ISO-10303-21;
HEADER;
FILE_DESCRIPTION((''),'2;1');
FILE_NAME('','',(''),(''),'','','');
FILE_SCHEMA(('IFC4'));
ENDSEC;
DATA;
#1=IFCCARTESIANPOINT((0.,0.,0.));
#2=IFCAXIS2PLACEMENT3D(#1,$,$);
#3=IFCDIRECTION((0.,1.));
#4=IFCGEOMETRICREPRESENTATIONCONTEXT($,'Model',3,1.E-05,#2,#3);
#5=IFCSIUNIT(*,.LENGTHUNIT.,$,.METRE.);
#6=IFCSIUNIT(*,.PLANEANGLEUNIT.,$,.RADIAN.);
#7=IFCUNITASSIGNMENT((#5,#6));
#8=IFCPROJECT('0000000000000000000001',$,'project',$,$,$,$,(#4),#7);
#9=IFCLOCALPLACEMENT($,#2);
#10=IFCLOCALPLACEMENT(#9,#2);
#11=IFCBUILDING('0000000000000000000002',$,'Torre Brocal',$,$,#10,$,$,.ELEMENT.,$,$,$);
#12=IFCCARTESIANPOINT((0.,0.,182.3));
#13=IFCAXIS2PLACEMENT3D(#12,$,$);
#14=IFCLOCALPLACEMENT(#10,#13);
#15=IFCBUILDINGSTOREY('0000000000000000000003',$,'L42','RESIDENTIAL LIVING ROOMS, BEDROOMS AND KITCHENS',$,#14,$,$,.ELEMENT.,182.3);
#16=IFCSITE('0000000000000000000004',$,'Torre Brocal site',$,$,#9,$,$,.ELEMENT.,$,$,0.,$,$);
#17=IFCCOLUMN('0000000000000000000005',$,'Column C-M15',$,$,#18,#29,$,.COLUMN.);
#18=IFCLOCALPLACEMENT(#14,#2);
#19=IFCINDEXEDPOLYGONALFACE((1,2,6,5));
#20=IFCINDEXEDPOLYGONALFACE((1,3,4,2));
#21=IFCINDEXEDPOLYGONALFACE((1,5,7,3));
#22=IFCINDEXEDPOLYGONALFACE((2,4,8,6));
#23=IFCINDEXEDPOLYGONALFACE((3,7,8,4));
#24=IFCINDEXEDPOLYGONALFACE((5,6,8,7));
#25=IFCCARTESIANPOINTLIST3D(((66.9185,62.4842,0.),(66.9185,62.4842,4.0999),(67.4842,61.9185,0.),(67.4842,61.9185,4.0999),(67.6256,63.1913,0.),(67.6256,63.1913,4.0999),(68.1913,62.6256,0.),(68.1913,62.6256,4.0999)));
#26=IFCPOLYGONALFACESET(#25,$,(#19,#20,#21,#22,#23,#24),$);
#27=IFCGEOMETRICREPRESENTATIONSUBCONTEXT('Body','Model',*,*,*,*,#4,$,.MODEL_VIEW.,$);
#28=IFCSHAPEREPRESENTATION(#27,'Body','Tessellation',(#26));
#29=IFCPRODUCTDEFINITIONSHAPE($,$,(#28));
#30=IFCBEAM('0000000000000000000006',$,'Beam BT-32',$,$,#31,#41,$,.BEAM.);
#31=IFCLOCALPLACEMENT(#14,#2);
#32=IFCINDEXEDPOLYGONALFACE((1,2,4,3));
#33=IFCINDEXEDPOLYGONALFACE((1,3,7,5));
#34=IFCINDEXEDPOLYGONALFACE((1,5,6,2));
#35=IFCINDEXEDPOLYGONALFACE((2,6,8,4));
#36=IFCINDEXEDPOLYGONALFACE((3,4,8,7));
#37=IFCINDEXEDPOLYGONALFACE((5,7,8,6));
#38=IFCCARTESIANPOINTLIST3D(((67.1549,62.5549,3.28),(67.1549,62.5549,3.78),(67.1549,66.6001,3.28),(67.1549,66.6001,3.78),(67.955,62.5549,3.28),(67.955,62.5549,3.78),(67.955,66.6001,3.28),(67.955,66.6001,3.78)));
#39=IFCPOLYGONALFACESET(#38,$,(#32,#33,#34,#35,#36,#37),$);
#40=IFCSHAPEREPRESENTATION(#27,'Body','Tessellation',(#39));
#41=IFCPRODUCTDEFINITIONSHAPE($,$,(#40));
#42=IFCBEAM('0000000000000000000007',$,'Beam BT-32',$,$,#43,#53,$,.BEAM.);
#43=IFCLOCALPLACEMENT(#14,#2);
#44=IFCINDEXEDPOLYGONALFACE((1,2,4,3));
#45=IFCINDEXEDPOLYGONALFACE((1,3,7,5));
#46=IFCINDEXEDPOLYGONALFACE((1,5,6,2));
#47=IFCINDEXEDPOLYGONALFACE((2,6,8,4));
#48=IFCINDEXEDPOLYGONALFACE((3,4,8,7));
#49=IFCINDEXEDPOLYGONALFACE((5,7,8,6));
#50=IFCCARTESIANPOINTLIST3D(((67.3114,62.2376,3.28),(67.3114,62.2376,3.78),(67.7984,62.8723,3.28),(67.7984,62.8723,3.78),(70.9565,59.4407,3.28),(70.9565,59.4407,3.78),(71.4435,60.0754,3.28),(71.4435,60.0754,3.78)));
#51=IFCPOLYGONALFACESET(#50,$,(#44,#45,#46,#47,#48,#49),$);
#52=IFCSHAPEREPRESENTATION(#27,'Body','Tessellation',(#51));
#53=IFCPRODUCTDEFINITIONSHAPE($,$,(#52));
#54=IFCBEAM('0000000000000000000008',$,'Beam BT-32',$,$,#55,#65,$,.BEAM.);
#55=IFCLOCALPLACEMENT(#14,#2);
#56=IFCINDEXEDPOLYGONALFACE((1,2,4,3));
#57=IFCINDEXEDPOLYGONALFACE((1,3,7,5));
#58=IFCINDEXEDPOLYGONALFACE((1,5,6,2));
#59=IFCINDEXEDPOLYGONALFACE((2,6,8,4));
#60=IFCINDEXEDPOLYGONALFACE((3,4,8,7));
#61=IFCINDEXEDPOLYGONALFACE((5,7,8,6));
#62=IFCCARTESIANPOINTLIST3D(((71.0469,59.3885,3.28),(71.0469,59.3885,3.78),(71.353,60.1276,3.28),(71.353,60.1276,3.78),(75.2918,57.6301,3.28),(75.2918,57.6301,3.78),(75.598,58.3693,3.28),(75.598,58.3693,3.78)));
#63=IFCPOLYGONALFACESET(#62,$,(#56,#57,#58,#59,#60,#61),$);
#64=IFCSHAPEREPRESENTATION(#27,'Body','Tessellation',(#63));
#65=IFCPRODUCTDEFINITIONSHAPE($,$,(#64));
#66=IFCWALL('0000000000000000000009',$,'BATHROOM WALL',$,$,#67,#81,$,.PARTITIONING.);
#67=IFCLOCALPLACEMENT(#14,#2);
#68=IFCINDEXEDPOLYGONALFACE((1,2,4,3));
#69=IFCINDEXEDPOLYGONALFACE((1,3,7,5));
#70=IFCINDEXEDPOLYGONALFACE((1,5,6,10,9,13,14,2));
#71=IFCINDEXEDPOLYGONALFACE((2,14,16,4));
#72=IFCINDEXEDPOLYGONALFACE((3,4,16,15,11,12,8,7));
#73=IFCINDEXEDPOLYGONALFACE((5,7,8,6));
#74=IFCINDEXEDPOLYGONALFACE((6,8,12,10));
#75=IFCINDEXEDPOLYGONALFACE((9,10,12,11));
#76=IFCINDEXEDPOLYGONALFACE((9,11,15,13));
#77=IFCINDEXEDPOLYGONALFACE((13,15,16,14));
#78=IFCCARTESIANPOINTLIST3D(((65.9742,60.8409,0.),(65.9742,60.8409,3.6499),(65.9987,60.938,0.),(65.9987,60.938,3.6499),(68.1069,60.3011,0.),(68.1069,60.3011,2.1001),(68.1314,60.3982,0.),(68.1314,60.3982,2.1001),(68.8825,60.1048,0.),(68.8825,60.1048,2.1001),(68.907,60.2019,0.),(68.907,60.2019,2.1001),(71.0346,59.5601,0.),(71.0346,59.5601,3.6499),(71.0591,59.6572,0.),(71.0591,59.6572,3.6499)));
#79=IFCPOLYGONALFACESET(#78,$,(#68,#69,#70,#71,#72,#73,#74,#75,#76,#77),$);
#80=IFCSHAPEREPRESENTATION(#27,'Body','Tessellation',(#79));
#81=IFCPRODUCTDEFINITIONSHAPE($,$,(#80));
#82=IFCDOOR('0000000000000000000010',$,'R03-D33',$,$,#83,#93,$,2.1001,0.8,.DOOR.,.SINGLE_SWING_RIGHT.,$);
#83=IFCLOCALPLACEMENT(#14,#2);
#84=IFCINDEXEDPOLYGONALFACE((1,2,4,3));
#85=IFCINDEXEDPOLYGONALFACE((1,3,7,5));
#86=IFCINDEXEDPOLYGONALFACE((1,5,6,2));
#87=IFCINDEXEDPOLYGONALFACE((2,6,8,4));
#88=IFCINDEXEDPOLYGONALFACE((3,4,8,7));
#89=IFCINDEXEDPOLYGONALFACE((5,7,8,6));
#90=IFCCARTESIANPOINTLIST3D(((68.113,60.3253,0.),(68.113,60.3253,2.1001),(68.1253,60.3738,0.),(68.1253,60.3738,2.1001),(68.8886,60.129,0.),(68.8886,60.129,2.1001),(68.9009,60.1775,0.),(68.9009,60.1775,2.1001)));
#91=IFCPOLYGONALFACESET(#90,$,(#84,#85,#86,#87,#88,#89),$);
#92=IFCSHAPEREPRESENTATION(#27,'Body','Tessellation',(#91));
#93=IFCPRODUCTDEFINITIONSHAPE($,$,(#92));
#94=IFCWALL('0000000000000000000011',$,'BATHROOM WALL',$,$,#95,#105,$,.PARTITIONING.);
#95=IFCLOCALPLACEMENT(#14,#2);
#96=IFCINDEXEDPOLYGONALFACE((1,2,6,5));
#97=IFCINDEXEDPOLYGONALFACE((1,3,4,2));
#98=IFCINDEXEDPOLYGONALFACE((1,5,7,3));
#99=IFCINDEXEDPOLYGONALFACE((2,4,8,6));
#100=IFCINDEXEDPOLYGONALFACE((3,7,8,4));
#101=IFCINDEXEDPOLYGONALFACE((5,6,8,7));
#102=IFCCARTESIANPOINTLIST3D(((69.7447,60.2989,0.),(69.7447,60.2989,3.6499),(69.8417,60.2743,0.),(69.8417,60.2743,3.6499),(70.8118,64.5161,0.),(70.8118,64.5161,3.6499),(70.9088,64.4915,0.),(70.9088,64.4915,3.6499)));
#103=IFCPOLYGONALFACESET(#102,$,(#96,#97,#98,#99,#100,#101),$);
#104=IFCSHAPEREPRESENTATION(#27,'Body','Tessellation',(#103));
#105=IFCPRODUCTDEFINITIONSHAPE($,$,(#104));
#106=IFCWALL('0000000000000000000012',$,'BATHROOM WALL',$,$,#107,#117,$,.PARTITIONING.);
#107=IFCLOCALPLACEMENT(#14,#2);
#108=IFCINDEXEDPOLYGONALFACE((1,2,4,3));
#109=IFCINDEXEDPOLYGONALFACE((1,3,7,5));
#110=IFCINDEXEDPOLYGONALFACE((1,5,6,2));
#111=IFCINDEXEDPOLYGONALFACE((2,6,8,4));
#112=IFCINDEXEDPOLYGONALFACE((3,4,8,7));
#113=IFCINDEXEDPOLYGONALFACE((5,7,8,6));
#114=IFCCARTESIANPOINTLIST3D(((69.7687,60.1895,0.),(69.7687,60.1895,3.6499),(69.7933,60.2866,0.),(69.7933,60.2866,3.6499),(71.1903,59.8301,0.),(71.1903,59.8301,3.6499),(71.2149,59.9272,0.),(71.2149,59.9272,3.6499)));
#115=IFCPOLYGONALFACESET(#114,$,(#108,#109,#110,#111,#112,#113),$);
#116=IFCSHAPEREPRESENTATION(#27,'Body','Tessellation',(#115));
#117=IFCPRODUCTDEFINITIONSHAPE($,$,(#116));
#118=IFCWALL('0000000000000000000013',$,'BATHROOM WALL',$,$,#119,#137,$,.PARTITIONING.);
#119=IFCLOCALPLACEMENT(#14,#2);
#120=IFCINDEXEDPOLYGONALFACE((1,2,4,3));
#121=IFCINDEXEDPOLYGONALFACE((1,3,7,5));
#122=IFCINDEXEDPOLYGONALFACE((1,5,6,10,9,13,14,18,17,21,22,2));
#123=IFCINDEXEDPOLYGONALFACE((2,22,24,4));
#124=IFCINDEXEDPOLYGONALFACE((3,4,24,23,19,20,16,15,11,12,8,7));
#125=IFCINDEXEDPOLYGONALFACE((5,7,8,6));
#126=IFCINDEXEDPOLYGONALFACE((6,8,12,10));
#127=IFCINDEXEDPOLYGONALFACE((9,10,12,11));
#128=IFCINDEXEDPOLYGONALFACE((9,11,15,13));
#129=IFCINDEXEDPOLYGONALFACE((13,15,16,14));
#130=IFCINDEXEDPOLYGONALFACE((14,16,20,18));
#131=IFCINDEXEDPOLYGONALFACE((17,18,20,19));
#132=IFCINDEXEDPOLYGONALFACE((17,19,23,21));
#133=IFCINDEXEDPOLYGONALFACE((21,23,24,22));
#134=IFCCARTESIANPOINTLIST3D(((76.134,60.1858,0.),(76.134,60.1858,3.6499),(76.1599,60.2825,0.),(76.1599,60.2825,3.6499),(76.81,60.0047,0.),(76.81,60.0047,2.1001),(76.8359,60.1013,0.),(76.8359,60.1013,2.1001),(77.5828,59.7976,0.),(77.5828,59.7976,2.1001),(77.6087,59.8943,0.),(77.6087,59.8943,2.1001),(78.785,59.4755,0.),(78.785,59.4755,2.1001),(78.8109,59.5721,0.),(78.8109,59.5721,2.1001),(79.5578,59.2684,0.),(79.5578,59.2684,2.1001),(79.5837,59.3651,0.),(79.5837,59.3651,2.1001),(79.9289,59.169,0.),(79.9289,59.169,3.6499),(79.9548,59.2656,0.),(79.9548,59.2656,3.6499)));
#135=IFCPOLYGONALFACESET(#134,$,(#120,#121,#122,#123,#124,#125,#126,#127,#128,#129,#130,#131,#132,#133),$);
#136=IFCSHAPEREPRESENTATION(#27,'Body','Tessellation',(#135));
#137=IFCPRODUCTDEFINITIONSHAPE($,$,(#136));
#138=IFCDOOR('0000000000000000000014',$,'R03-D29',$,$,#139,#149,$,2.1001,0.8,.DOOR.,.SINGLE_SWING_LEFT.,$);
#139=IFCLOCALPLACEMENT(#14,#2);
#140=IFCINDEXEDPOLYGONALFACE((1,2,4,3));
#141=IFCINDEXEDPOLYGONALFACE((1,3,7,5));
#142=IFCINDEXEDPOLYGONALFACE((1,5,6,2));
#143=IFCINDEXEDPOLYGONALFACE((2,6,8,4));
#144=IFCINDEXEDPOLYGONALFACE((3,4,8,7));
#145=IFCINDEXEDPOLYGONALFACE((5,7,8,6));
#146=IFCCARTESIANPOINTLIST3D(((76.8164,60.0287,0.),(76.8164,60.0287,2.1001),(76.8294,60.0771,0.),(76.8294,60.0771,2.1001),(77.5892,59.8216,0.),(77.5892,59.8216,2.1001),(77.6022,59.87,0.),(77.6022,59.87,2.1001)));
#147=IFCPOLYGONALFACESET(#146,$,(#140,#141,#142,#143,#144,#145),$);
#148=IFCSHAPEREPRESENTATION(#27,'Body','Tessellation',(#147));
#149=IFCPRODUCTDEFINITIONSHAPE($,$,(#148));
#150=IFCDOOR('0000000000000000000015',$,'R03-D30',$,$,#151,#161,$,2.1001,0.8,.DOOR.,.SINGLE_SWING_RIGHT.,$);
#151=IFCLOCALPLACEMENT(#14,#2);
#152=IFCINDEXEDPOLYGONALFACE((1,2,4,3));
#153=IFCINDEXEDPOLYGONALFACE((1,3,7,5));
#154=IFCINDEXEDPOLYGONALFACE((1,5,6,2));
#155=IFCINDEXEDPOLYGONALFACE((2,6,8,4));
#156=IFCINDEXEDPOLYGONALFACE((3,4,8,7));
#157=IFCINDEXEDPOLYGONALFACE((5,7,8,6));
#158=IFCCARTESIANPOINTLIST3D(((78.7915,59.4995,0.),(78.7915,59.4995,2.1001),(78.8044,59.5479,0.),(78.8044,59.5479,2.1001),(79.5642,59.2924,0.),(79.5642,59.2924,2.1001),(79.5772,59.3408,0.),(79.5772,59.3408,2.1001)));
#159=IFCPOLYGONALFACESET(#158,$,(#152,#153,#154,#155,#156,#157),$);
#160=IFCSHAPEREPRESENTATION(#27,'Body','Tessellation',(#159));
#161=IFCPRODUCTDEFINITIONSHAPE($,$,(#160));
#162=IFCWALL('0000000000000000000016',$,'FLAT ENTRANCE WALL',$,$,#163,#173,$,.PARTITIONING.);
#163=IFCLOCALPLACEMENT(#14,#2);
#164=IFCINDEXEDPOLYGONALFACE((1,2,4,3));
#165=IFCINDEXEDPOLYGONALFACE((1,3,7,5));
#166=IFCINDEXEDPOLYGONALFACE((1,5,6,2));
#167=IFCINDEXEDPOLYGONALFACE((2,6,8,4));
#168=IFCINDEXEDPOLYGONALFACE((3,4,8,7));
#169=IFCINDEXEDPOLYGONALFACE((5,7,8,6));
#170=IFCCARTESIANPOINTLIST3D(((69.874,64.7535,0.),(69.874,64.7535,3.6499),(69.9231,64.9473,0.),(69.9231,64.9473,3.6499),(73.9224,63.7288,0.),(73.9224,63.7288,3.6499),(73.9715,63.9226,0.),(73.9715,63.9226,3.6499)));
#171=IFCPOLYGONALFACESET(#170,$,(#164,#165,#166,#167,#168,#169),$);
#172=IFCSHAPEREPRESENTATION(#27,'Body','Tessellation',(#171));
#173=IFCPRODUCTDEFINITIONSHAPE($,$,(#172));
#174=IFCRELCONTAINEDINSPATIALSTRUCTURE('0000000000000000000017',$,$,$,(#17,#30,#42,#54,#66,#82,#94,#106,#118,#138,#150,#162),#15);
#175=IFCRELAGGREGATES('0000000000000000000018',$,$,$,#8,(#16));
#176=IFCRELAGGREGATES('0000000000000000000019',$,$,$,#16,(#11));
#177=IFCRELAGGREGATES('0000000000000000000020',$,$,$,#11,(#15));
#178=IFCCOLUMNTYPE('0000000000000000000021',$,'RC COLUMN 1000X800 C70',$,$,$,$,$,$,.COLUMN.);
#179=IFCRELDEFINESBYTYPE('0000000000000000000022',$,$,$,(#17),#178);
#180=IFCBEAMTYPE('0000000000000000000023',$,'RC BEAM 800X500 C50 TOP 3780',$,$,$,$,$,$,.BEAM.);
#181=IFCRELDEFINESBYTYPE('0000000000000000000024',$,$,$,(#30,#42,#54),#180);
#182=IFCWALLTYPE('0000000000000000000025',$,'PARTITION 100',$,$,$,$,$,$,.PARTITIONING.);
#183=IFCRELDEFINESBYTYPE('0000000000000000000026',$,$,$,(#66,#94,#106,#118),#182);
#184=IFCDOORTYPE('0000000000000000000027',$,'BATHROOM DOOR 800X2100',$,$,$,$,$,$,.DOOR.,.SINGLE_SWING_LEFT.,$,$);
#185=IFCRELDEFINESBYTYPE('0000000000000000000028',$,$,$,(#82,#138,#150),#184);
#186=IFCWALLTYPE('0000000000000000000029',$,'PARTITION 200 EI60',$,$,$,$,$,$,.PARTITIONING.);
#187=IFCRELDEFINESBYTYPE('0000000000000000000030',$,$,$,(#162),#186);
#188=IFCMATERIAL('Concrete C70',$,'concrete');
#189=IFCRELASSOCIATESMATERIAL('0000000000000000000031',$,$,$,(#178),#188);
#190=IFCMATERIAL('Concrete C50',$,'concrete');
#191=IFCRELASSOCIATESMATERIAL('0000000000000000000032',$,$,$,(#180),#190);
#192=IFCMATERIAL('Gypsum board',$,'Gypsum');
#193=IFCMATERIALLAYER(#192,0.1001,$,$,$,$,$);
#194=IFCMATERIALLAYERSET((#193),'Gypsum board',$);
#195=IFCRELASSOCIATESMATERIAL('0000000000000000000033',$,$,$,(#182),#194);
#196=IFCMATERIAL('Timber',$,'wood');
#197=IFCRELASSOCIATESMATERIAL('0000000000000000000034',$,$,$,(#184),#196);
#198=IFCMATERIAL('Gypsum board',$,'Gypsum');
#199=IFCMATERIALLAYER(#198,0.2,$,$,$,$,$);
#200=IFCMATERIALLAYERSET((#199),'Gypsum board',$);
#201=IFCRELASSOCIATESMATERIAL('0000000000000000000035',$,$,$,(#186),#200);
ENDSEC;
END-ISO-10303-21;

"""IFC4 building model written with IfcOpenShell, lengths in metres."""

from ifc_helpers import new_model, si_unit, direction, frame, frame_2d, origin, origin_2d, place, context, subcontext, project, spatial, rectangle, extrude, material, layer, layer_set, material_profile, profile_set, type_object, element, fill, save


model = new_model("IFC4")

# Units and contexts
model_context = context("Model", 3, precision=1e-05, world=origin(), true_north=direction((0.0, 1.0)))
body_context = subcontext(model_context, "Body", "Model", "MODEL_VIEW")
ifc_project = project(units=[si_unit("LENGTHUNIT", "METRE"), si_unit("PLANEANGLEUNIT", "RADIAN")], contexts=[model_context])

# Site, building, storey
site_placement = place(None, origin())
site = spatial("IfcSite", under=ifc_project, at=site_placement, Name="Torre Brocal site", CompositionType="ELEMENT", RefElevation=0.0)
building_placement = place(site_placement, origin())
building = spatial("IfcBuilding", under=site, at=building_placement, Name="Torre Brocal", CompositionType="ELEMENT")
storey_placement = place(building_placement, frame((0.0, 0.0, 182.3)))
storey = spatial("IfcBuildingStorey", under=building, at=storey_placement, Name="L42", Description="RESIDENTIAL LIVING ROOMS, BEDROOMS AND KITCHENS", CompositionType="ELEMENT", Elevation=182.3)

# Column
ifc_material_1 = material(Name="Concrete C70", Category="concrete")
ifc_material_profile_1 = material_profile(ifc_material_1, rectangle(XDim=1.0, YDim=0.8, at=origin_2d()), Name="RC 1000X800")
ifc_profile_set_1 = profile_set([ifc_material_profile_1], Name="Concrete C70")
column_type = type_object("IfcColumnType", Name="RC COLUMN 1000X800 C70", PredefinedType="COLUMN", material=ifc_profile_set_1)
column_placement = place(storey_placement, frame((67.5549, 62.5549, 0.0), z_axis=(0.0, 0.0, 1.0), x_axis=(-0.707107, -0.707107, 0.0)))
element("IfcColumn", 1, at=column_placement, inside=storey, type_object=column_type, Name="Column C-M15", PredefinedType="COLUMN", context=body_context, shape_type="SweptSolid", body=[
    extrude(rectangle(XDim=1.0, YDim=0.8, at=origin_2d()), origin(), (0.0, 0.0, 1.0), 4.0999),
])

# Beams
ifc_material_2 = material(Name="Concrete C50", Category="concrete")
ifc_material_profile_2 = material_profile(ifc_material_2, rectangle(XDim=0.8, YDim=0.5, at=origin_2d()), Name="RC 800X500")
ifc_profile_set_2 = profile_set([ifc_material_profile_2], Name="Concrete C50")
beam_type = type_object("IfcBeamType", Name="RC BEAM 800X500 C50 TOP 3780", PredefinedType="BEAM", material=ifc_profile_set_2)
beam_1_placement = place(storey_placement, frame((67.5549, 62.5549, 3.53), z_axis=(0.0, 1.0, 0.0), x_axis=(-1.0, 0.0, 0.0)))
element("IfcBeam", 2, at=beam_1_placement, inside=storey, type_object=beam_type, Name="Beam BT-32", PredefinedType="BEAM", context=body_context, shape_type="SweptSolid", body=[
    extrude(rectangle(XDim=0.8, YDim=0.5, at=origin_2d()), origin(), (0.0, 0.0, 1.0), 4.0452),
])
beam_2_placement = place(storey_placement, frame((67.5549, 62.5549, 3.53), z_axis=(0.793358, -0.608755, 0.0), x_axis=(0.608755, 0.793358, 0.0)))
element("IfcBeam", 3, at=beam_2_placement, inside=storey, type_object=beam_type, Name="Beam BT-32", PredefinedType="BEAM", context=body_context, shape_type="SweptSolid", body=[
    extrude(rectangle(XDim=0.8, YDim=0.5, at=origin_2d()), origin(), (0.0, 0.0, 1.0), 4.5945),
])
beam_3_placement = place(storey_placement, frame((71.2, 59.7581, 3.53), z_axis=(0.923878, -0.382687, 0.0), x_axis=(0.382687, 0.923878, 0.0)))
element("IfcBeam", 4, at=beam_3_placement, inside=storey, type_object=beam_type, Name="Beam BT-32", PredefinedType="BEAM", context=body_context, shape_type="SweptSolid", body=[
    extrude(rectangle(XDim=0.8, YDim=0.5, at=origin_2d()), origin(), (0.0, 0.0, 1.0), 4.5947),
])

# Wall, opening, door
ifc_material_3 = material(Name="Gypsum board", Category="Gypsum")
ifc_layer_1 = layer(ifc_material_3, 0.1001)
ifc_layer_set_1 = layer_set([ifc_layer_1], Name="Gypsum board")
wall_type_1 = type_object("IfcWallType", Name="PARTITION 100", PredefinedType="PARTITIONING", material=ifc_layer_set_1)
wall_1_placement = place(storey_placement, frame((65.9866, 60.8894, 0.0), z_axis=(0.0, 0.0, 1.0), x_axis=(0.969431, -0.245363, 0.0)))
wall_1 = element("IfcWall", 5, at=wall_1_placement, inside=storey, type_object=wall_type_1, Name="BATHROOM WALL", PredefinedType="PARTITIONING", context=body_context, shape_type="SweptSolid", body=[
    extrude(rectangle(XDim=5.22, YDim=0.1001, at=frame_2d((2.6099, 0.0))), origin(), (0.0, 0.0, 1.0), 3.6499),
])
opening_1_placement = place(wall_1_placement, frame((2.2, 0.0, 0.0)))
opening_1 = element("IfcOpeningElement", 6, at=opening_1_placement, cuts=wall_1, PredefinedType="OPENING", context=body_context, shape_type="SweptSolid", body=[
    extrude(rectangle(XDim=0.8, YDim=2.1001, at=frame_2d((0.3999, 1.05))), frame((0.0, 0.0601, 0.0), z_axis=(0.0, -1.0, 0.0), x_axis=(1.0, 0.0, 0.0)), (0.0, 0.0, 1.0), 0.1201),
])
ifc_material_4 = material(Name="Timber", Category="wood")
door_type_1 = type_object("IfcDoorType", Name="BATHROOM DOOR 800X2100", OperationType="SINGLE_SWING_LEFT", PredefinedType="DOOR", material=ifc_material_4)
door_1_placement = place(opening_1_placement, origin())
door_1 = element("IfcDoor", 7, at=door_1_placement, inside=storey, type_object=door_type_1, Name="R03-D33", OperationType="SINGLE_SWING_RIGHT", OverallHeight=2.1001, OverallWidth=0.8, PredefinedType="DOOR", context=body_context, shape_type="SweptSolid", body=[
    extrude(rectangle(XDim=0.8, YDim=2.1001, at=frame_2d((0.3999, 1.05))), frame((0.0, 0.0249, 0.0), z_axis=(0.0, -1.0, 0.0), x_axis=(1.0, 0.0, 0.0)), (0.0, 0.0, 1.0), 0.05),
])
fill(opening_1, door_1)

# Walls
wall_2_placement = place(storey_placement, frame((69.7932, 60.2866, 0.0), z_axis=(0.0, 0.0, 1.0), x_axis=(0.245308, 0.969445, 0.0)))
element("IfcWall", 8, at=wall_2_placement, inside=storey, type_object=wall_type_1, Name="BATHROOM WALL", PredefinedType="PARTITIONING", context=body_context, shape_type="SweptSolid", body=[
    extrude(rectangle(XDim=4.3501, YDim=0.1001, at=frame_2d((2.175, 0.0))), origin(), (0.0, 0.0, 1.0), 3.6499),
])
wall_3_placement = place(storey_placement, frame((69.781, 60.238, 0.0), z_axis=(0.0, 0.0, 1.0), x_axis=(0.969503, -0.245081, 0.0)))
element("IfcWall", 9, at=wall_3_placement, inside=storey, type_object=wall_type_1, Name="BATHROOM WALL", PredefinedType="PARTITIONING", context=body_context, shape_type="SweptSolid", body=[
    extrude(rectangle(XDim=1.4663, YDim=0.1001, at=frame_2d((0.7332, 0.0))), origin(), (0.0, 0.0, 1.0), 3.6499),
])

# Wall, openings, doors
wall_4_placement = place(storey_placement, frame((76.147, 60.2341, 0.0), z_axis=(0.0, 0.0, 1.0), x_axis=(0.965926, -0.258819, 0.0)))
wall_4 = element("IfcWall", 10, at=wall_4_placement, inside=storey, type_object=wall_type_1, Name="BATHROOM WALL", PredefinedType="PARTITIONING", context=body_context, shape_type="SweptSolid", body=[
    extrude(rectangle(XDim=3.9287, YDim=0.1001, at=frame_2d((1.9644, 0.0))), origin(), (0.0, 0.0, 1.0), 3.6499),
])
opening_2_placement = place(wall_4_placement, frame((0.7, 0.0, 0.0)))
opening_2 = element("IfcOpeningElement", 11, at=opening_2_placement, cuts=wall_4, PredefinedType="OPENING", context=body_context, shape_type="SweptSolid", body=[
    extrude(rectangle(XDim=0.8, YDim=2.1001, at=frame_2d((0.3999, 1.05))), frame((0.0, 0.0601, 0.0), z_axis=(0.0, -1.0, 0.0), x_axis=(1.0, 0.0, 0.0)), (0.0, 0.0, 1.0), 0.1201),
])
opening_3_placement = place(wall_4_placement, frame((2.7446, 0.0, 0.0)))
opening_3 = element("IfcOpeningElement", 12, at=opening_3_placement, cuts=wall_4, PredefinedType="OPENING", context=body_context, shape_type="SweptSolid", body=[
    extrude(rectangle(XDim=0.8, YDim=2.1001, at=frame_2d((0.3999, 1.05))), frame((0.0, 0.0601, 0.0), z_axis=(0.0, -1.0, 0.0), x_axis=(1.0, 0.0, 0.0)), (0.0, 0.0, 1.0), 0.1201),
])
door_2_placement = place(opening_2_placement, origin())
door_2 = element("IfcDoor", 13, at=door_2_placement, inside=storey, type_object=door_type_1, Name="R03-D29", OperationType="SINGLE_SWING_LEFT", OverallHeight=2.1001, OverallWidth=0.8, PredefinedType="DOOR", context=body_context, shape_type="SweptSolid", body=[
    extrude(rectangle(XDim=0.8, YDim=2.1001, at=frame_2d((0.3999, 1.05))), frame((0.0, 0.0249, 0.0), z_axis=(0.0, -1.0, 0.0), x_axis=(1.0, 0.0, 0.0)), (0.0, 0.0, 1.0), 0.05),
])
fill(opening_2, door_2)
door_3_placement = place(opening_3_placement, origin())
door_3 = element("IfcDoor", 14, at=door_3_placement, inside=storey, type_object=door_type_1, Name="R03-D30", OperationType="SINGLE_SWING_RIGHT", OverallHeight=2.1001, OverallWidth=0.8, PredefinedType="DOOR", context=body_context, shape_type="SweptSolid", body=[
    extrude(rectangle(XDim=0.8, YDim=2.1001, at=frame_2d((0.3999, 1.05))), frame((0.0, 0.0249, 0.0), z_axis=(0.0, -1.0, 0.0), x_axis=(1.0, 0.0, 0.0)), (0.0, 0.0, 1.0), 0.05),
])
fill(opening_3, door_3)

# Wall
ifc_material_5 = material(Name="Gypsum board", Category="Gypsum")
ifc_layer_2 = layer(ifc_material_5, 0.2)
ifc_layer_set_2 = layer_set([ifc_layer_2], Name="Gypsum board")
wall_type_2 = type_object("IfcWallType", Name="PARTITION 200 EI60", PredefinedType="PARTITIONING", material=ifc_layer_set_2)
wall_5_placement = place(storey_placement, frame((69.8987, 64.8503, 0.0), z_axis=(0.0, 0.0, 1.0), x_axis=(0.96943, -0.245368, 0.0)))
element("IfcWall", 15, at=wall_5_placement, inside=storey, type_object=wall_type_2, Name="FLAT ENTRANCE WALL", PredefinedType="PARTITIONING", context=body_context, shape_type="SweptSolid", body=[
    extrude(rectangle(XDim=4.176, YDim=0.2, at=frame_2d((2.0879, 0.0))), origin(), (0.0, 0.0, 1.0), 3.6499),
])

save(model, "model.ifc")
